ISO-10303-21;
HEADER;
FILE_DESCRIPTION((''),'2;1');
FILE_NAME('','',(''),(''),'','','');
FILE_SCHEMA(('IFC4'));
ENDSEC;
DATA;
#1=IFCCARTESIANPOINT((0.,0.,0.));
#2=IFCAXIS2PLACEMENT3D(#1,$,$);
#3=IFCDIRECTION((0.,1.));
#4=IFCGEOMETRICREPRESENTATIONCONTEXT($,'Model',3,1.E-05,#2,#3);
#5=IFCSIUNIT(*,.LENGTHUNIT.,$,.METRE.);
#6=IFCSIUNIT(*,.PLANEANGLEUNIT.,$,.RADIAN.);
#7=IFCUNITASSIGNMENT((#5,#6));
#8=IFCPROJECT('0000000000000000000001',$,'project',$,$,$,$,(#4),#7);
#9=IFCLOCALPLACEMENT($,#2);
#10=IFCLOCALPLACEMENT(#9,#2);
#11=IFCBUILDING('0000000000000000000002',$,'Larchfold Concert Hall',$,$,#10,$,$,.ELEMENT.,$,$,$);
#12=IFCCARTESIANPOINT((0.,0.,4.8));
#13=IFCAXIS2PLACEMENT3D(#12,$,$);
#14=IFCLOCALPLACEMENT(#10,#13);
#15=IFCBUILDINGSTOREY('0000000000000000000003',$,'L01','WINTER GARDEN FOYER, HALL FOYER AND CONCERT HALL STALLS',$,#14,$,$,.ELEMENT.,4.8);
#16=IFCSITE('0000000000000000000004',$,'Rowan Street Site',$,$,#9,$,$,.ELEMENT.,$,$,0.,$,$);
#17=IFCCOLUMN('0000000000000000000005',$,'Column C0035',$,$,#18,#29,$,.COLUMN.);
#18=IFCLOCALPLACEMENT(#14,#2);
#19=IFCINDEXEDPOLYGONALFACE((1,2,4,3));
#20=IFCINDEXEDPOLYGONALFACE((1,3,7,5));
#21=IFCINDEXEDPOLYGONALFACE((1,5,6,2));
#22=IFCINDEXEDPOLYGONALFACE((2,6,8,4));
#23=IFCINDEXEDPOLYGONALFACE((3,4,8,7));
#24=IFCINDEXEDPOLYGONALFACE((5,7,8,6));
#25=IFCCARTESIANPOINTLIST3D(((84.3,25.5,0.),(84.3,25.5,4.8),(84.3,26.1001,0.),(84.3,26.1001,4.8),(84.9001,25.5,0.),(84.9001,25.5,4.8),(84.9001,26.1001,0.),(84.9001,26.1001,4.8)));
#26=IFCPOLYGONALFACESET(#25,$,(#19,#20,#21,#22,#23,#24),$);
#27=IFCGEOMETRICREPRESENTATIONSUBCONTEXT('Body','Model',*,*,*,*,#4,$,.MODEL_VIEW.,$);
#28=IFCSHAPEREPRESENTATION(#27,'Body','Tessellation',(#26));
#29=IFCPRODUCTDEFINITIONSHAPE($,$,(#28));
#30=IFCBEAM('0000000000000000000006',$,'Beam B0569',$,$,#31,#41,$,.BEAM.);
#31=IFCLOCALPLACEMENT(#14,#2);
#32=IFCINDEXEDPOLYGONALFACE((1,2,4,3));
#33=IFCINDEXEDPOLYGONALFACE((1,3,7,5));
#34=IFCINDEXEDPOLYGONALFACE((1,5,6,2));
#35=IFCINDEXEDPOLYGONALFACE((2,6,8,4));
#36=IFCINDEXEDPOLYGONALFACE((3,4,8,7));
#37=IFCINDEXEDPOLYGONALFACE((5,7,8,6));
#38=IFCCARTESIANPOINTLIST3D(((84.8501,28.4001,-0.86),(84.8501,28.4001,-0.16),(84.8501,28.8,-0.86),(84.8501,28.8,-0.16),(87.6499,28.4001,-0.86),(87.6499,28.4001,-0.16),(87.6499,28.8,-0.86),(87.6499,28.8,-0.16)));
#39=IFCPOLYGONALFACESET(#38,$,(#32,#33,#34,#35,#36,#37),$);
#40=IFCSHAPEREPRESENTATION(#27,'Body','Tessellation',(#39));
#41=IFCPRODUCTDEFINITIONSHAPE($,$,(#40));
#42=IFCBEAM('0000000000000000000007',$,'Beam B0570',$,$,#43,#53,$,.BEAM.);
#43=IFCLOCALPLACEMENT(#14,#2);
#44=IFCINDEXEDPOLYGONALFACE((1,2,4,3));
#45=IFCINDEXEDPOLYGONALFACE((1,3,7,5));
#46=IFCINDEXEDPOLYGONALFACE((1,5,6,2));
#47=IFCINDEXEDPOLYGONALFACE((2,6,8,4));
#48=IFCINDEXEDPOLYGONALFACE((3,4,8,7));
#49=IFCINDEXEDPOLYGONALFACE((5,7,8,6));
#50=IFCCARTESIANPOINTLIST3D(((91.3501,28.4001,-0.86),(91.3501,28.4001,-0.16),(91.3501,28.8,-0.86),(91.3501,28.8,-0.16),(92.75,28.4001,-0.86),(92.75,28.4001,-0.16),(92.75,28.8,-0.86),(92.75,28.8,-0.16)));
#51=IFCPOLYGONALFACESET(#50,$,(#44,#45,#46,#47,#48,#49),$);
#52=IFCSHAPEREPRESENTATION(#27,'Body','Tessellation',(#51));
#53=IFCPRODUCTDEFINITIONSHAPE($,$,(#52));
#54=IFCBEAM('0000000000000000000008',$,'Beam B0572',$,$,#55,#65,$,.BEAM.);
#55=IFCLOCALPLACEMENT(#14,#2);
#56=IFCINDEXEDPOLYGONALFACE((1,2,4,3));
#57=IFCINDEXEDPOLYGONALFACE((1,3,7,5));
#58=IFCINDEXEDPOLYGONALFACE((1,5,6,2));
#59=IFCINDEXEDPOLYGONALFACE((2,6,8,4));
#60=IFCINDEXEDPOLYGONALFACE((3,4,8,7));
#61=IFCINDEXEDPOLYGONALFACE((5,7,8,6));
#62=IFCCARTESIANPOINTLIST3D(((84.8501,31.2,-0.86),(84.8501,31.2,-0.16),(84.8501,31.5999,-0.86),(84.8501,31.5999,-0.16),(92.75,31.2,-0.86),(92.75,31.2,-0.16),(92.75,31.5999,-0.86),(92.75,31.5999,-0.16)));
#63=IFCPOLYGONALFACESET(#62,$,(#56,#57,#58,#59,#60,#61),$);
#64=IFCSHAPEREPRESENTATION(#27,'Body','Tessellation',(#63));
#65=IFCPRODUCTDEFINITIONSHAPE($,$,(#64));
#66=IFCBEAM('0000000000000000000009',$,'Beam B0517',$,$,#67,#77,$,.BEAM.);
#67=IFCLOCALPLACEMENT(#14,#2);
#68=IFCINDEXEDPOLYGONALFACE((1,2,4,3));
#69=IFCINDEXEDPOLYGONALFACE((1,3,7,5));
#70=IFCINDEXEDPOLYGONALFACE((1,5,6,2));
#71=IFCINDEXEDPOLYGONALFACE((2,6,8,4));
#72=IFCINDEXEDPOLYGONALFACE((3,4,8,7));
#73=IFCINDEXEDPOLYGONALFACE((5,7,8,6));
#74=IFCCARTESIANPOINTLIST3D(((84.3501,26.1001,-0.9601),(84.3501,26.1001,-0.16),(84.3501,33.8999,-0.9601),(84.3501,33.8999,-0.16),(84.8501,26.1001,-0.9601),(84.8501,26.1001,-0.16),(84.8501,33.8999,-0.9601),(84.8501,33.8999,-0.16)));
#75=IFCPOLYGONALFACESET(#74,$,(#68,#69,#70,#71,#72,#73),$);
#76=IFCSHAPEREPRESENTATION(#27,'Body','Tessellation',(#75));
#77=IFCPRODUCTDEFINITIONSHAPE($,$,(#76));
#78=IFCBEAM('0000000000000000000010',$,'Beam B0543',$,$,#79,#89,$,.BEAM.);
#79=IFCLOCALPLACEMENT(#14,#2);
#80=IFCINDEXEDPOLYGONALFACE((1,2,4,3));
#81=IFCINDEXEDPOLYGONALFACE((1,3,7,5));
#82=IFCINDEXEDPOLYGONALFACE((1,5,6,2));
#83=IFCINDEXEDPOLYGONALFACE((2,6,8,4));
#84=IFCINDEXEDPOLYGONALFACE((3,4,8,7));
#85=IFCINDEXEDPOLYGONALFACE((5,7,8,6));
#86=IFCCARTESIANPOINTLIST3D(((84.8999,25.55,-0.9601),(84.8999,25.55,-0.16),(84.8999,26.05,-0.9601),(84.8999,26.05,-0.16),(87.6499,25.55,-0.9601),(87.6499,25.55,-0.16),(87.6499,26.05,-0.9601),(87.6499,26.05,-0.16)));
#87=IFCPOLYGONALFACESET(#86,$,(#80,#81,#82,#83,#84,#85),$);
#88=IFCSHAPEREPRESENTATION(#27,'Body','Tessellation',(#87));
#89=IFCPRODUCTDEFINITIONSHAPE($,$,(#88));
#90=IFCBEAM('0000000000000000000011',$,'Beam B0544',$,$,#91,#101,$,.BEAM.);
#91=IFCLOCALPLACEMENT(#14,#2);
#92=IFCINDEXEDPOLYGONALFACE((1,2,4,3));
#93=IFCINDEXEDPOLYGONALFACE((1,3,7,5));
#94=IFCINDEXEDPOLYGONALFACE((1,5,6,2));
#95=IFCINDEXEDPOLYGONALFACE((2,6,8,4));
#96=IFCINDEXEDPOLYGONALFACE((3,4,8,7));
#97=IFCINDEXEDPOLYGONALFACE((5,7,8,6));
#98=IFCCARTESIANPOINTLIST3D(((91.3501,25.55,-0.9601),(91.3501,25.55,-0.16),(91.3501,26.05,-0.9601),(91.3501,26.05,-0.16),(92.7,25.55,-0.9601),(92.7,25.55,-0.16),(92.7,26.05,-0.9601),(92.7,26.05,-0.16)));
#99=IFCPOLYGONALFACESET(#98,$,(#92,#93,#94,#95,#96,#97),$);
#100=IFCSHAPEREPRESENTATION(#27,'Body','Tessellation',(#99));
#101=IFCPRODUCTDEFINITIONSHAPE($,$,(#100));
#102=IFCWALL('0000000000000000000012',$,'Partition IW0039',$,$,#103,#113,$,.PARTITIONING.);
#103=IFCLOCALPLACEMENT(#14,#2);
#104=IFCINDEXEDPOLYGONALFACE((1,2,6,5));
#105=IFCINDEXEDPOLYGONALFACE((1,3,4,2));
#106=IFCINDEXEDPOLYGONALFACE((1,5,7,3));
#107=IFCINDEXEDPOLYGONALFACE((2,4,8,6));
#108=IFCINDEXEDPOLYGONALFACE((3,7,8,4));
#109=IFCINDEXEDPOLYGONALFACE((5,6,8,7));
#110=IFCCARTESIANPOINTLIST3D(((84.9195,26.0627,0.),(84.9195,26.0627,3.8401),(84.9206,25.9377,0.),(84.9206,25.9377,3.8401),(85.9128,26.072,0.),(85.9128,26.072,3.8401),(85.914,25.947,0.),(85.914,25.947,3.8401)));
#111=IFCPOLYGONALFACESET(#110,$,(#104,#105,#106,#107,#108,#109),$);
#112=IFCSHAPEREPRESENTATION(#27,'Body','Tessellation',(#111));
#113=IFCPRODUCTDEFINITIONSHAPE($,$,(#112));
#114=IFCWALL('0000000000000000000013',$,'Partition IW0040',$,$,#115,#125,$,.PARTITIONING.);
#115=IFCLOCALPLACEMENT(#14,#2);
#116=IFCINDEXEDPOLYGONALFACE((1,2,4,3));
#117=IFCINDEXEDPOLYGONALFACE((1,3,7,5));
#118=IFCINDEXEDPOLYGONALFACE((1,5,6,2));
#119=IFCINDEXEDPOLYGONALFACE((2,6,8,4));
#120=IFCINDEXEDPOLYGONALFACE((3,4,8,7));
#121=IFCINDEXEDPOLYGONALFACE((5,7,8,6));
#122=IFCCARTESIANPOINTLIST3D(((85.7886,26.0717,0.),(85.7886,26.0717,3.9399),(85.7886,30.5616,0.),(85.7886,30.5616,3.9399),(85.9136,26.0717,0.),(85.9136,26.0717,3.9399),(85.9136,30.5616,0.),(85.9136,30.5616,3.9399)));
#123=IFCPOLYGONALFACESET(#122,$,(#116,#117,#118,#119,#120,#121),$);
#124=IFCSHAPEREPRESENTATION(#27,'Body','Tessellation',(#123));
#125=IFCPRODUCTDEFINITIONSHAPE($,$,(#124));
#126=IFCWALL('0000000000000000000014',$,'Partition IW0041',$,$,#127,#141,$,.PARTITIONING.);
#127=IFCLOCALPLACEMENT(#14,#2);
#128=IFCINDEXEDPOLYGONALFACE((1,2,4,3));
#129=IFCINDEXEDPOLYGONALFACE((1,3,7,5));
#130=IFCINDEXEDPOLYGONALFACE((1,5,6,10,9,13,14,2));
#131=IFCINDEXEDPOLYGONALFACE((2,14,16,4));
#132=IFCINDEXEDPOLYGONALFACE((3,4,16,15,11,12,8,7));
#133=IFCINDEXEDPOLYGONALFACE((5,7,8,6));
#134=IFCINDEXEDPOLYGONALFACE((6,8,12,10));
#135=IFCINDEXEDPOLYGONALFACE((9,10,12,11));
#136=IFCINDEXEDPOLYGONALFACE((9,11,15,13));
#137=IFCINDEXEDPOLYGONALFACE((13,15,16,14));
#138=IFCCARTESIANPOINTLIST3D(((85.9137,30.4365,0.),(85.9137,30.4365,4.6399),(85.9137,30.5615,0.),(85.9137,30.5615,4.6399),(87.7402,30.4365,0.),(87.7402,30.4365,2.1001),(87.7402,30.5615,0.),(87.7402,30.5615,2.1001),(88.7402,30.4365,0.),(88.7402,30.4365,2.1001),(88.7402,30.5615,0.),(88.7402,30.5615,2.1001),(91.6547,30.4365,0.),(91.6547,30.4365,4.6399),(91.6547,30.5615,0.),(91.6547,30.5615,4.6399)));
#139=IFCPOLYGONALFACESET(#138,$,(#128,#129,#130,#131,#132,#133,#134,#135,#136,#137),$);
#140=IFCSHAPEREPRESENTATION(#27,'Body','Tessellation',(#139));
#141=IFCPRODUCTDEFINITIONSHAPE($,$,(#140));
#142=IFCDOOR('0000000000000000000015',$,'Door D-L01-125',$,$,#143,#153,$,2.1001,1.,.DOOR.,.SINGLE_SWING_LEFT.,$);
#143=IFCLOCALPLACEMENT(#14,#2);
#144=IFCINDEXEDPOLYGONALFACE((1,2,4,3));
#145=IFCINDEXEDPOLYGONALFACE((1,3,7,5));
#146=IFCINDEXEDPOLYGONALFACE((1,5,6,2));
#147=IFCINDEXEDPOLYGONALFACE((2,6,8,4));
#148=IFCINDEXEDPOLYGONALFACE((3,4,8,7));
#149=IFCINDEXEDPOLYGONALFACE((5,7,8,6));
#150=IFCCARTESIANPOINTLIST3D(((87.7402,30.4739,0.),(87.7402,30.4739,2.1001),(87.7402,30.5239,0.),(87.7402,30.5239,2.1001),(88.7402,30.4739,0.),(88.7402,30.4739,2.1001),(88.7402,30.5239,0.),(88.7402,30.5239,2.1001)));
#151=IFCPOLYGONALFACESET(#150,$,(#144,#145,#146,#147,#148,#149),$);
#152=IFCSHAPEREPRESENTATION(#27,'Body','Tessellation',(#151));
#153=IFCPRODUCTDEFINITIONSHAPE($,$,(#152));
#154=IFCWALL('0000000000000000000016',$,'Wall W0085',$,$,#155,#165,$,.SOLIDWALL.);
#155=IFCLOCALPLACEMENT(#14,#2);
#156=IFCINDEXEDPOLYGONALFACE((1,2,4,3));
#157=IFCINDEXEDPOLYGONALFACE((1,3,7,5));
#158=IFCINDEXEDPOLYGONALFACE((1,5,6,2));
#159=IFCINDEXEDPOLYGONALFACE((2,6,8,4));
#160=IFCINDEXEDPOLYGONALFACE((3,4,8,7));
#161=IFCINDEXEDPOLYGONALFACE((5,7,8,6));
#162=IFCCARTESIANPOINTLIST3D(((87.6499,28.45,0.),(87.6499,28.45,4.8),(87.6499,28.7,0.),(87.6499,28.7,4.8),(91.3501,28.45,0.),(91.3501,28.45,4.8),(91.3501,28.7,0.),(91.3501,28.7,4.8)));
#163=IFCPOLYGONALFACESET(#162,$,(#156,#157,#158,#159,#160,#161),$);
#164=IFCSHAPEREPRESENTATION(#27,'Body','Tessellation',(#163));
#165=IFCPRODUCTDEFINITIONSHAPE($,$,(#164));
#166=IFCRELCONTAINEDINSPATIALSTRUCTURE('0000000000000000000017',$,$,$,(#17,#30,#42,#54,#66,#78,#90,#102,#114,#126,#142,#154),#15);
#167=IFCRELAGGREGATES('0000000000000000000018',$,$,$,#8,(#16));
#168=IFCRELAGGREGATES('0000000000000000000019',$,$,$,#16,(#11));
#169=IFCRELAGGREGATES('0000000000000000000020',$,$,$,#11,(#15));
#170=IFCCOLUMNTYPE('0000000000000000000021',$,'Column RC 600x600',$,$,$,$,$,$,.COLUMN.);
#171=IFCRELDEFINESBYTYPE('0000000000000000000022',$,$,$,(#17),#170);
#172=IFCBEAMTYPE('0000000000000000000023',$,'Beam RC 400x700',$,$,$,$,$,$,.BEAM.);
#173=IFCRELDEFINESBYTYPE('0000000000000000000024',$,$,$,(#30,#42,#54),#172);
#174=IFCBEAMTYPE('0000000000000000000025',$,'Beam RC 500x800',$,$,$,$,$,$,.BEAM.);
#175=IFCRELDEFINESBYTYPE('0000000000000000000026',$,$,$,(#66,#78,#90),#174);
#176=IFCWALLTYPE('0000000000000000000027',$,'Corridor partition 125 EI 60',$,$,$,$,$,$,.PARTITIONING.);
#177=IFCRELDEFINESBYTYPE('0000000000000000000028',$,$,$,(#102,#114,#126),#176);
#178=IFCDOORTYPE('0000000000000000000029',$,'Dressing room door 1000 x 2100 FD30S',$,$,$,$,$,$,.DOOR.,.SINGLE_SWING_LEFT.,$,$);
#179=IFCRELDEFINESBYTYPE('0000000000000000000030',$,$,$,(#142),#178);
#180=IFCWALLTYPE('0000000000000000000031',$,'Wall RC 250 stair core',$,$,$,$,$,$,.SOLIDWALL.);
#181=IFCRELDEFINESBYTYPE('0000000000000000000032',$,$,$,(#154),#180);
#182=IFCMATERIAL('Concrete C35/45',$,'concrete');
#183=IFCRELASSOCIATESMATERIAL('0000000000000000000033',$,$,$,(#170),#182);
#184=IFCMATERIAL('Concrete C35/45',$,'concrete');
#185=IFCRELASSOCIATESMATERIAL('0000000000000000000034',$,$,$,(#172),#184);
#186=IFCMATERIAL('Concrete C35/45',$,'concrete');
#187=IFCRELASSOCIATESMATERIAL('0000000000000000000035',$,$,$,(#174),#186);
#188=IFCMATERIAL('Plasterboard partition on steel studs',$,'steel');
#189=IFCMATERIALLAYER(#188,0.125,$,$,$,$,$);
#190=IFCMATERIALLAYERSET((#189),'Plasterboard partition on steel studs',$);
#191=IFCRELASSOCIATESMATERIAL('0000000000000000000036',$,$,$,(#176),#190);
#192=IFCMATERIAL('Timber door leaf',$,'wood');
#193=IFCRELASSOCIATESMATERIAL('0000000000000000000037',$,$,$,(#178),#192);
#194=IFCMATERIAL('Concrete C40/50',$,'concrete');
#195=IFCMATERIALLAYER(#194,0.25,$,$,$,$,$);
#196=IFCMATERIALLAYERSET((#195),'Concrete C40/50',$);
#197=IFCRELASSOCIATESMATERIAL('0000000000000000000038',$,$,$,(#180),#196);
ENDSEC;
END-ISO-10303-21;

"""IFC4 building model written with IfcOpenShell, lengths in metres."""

from ifc_helpers import new_model, si_unit, direction, frame, frame_2d, origin, origin_2d, place, context, subcontext, project, spatial, rectangle, extrude, material, layer, layer_set, material_profile, profile_set, type_object, element, fill, save


model = new_model("IFC4")

# Units and contexts
model_context = context("Model", 3, precision=1e-05, world=origin(), true_north=direction((0.0, 1.0)))
body_context = subcontext(model_context, "Body", "Model", "MODEL_VIEW")
ifc_project = project(units=[si_unit("LENGTHUNIT", "METRE"), si_unit("PLANEANGLEUNIT", "RADIAN")], contexts=[model_context])

# Site, building, storey
site_placement = place(None, origin())
site = spatial("IfcSite", under=ifc_project, at=site_placement, Name="Rowan Street Site", CompositionType="ELEMENT", RefElevation=0.0)
building_placement = place(site_placement, origin())
building = spatial("IfcBuilding", under=site, at=building_placement, Name="Larchfold Concert Hall", CompositionType="ELEMENT")
storey_placement = place(building_placement, frame((0.0, 0.0, 4.8)))
storey = spatial("IfcBuildingStorey", under=building, at=storey_placement, Name="L01", Description="WINTER GARDEN FOYER, HALL FOYER AND CONCERT HALL STALLS", CompositionType="ELEMENT", Elevation=4.8)

# Column
ifc_material_1 = material(Name="Concrete C35/45", Category="concrete")
ifc_material_profile_1 = material_profile(ifc_material_1, rectangle(XDim=0.6001, YDim=0.6001, at=origin_2d()))
ifc_profile_set_1 = profile_set([ifc_material_profile_1], Name="Concrete C35/45")
column_type = type_object("IfcColumnType", Name="Column RC 600x600", PredefinedType="COLUMN", material=ifc_profile_set_1)
column_placement = place(storey_placement, frame((84.6001, 25.8, 0.0), z_axis=(0.0, 0.0, 1.0), x_axis=(1.0, 0.0, 0.0)))
element("IfcColumn", 1, at=column_placement, inside=storey, type_object=column_type, Name="Column C0035", PredefinedType="COLUMN", context=body_context, shape_type="SweptSolid", body=[
    extrude(rectangle(XDim=0.6001, YDim=0.6001, at=origin_2d()), origin(), (0.0, 0.0, 1.0), 4.8),
])

# Beams
ifc_material_2 = material(Name="Concrete C35/45", Category="concrete")
ifc_material_profile_2 = material_profile(ifc_material_2, rectangle(XDim=0.3999, YDim=0.7, at=origin_2d()))
ifc_profile_set_2 = profile_set([ifc_material_profile_2], Name="Concrete C35/45")
beam_type_1 = type_object("IfcBeamType", Name="Beam RC 400x700", PredefinedType="BEAM", material=ifc_profile_set_2)
beam_1_placement = place(storey_placement, frame((84.8501, 28.6001, -0.51), z_axis=(1.0, 0.0, 0.0), x_axis=(0.0, 1.0, 0.0)))
element("IfcBeam", 2, at=beam_1_placement, inside=storey, type_object=beam_type_1, Name="Beam B0569", PredefinedType="BEAM", context=body_context, shape_type="SweptSolid", body=[
    extrude(rectangle(XDim=0.3999, YDim=0.7, at=origin_2d()), origin(), (0.0, 0.0, 1.0), 2.7998),
])
beam_2_placement = place(storey_placement, frame((91.3501, 28.6001, -0.51), z_axis=(1.0, 0.0, 0.0), x_axis=(0.0, 1.0, 0.0)))
element("IfcBeam", 3, at=beam_2_placement, inside=storey, type_object=beam_type_1, Name="Beam B0570", PredefinedType="BEAM", context=body_context, shape_type="SweptSolid", body=[
    extrude(rectangle(XDim=0.3999, YDim=0.7, at=origin_2d()), origin(), (0.0, 0.0, 1.0), 1.3999),
])
beam_3_placement = place(storey_placement, frame((84.8501, 31.3999, -0.51), z_axis=(1.0, 0.0, 0.0), x_axis=(0.0, 1.0, 0.0)))
element("IfcBeam", 4, at=beam_3_placement, inside=storey, type_object=beam_type_1, Name="Beam B0572", PredefinedType="BEAM", context=body_context, shape_type="SweptSolid", body=[
    extrude(rectangle(XDim=0.3999, YDim=0.7, at=origin_2d()), origin(), (0.0, 0.0, 1.0), 7.8999),
])
ifc_material_3 = material(Name="Concrete C35/45", Category="concrete")
ifc_material_profile_3 = material_profile(ifc_material_3, rectangle(XDim=0.5, YDim=0.8, at=origin_2d()))
ifc_profile_set_3 = profile_set([ifc_material_profile_3], Name="Concrete C35/45")
beam_type_2 = type_object("IfcBeamType", Name="Beam RC 500x800", PredefinedType="BEAM", material=ifc_profile_set_3)
beam_4_placement = place(storey_placement, frame((84.6001, 26.1001, -0.5601), z_axis=(0.0, 1.0, 0.0), x_axis=(-1.0, 0.0, 0.0)))
element("IfcBeam", 5, at=beam_4_placement, inside=storey, type_object=beam_type_2, Name="Beam B0517", PredefinedType="BEAM", context=body_context, shape_type="SweptSolid", body=[
    extrude(rectangle(XDim=0.5, YDim=0.8, at=origin_2d()), origin(), (0.0, 0.0, 1.0), 7.7998),
])
beam_5_placement = place(storey_placement, frame((84.8999, 25.8, -0.5601), z_axis=(1.0, 0.0, 0.0), x_axis=(0.0, 1.0, 0.0)))
element("IfcBeam", 6, at=beam_5_placement, inside=storey, type_object=beam_type_2, Name="Beam B0543", PredefinedType="BEAM", context=body_context, shape_type="SweptSolid", body=[
    extrude(rectangle(XDim=0.5, YDim=0.8, at=origin_2d()), origin(), (0.0, 0.0, 1.0), 2.75),
])
beam_6_placement = place(storey_placement, frame((91.3501, 25.8, -0.5601), z_axis=(1.0, 0.0, 0.0), x_axis=(0.0, 1.0, 0.0)))
element("IfcBeam", 7, at=beam_6_placement, inside=storey, type_object=beam_type_2, Name="Beam B0544", PredefinedType="BEAM", context=body_context, shape_type="SweptSolid", body=[
    extrude(rectangle(XDim=0.5, YDim=0.8, at=origin_2d()), origin(), (0.0, 0.0, 1.0), 1.3499),
])

# Walls
ifc_material_4 = material(Name="Plasterboard partition on steel studs", Category="steel")
ifc_layer_1 = layer(ifc_material_4, 0.125)
ifc_layer_set_1 = layer_set([ifc_layer_1], Name="Plasterboard partition on steel studs")
wall_type_1 = type_object("IfcWallType", Name="Corridor partition 125 EI 60", PredefinedType="PARTITIONING", material=ifc_layer_set_1)
wall_1_placement = place(storey_placement, frame((84.9202, 26.0002, 0.0), z_axis=(0.0, 0.0, 1.0), x_axis=(0.999956, 0.009338, 0.0)))
element("IfcWall", 8, at=wall_1_placement, inside=storey, type_object=wall_type_1, Name="Partition IW0039", PredefinedType="PARTITIONING", context=body_context, shape_type="SweptSolid", body=[
    extrude(rectangle(XDim=0.9934, YDim=0.125, at=frame_2d((0.4966, 0.0))), origin(), (0.0, 0.0, 1.0), 3.8401),
])
wall_2_placement = place(storey_placement, frame((85.8511, 26.0715, 0.0), z_axis=(0.0, 0.0, 1.0), x_axis=(0.0, 1.0, 0.0)))
element("IfcWall", 9, at=wall_2_placement, inside=storey, type_object=wall_type_1, Name="Partition IW0040", PredefinedType="PARTITIONING", context=body_context, shape_type="SweptSolid", body=[
    extrude(rectangle(XDim=4.49, YDim=0.125, at=frame_2d((2.2451, 0.0))), origin(), (0.0, 0.0, 1.0), 3.9399),
])

# Wall, opening, door
wall_3_placement = place(storey_placement, frame((85.9136, 30.499, 0.0), z_axis=(0.0, 0.0, 1.0), x_axis=(1.0, 0.0, 0.0)))
wall_3 = element("IfcWall", 10, at=wall_3_placement, inside=storey, type_object=wall_type_1, Name="Partition IW0041", PredefinedType="PARTITIONING", context=body_context, shape_type="SweptSolid", body=[
    extrude(rectangle(XDim=5.741, YDim=0.125, at=frame_2d((2.8706, 0.0))), origin(), (0.0, 0.0, 1.0), 4.6399),
])
opening_placement = place(wall_3_placement, frame((1.8267, 0.0, 0.0)))
opening = element("IfcOpeningElement", 11, at=opening_placement, cuts=wall_3, PredefinedType="OPENING", context=body_context, shape_type="SweptSolid", body=[
    extrude(rectangle(XDim=1.0, YDim=2.1001, at=frame_2d((0.5, 1.05))), frame((0.0, 0.0725, 0.0), z_axis=(0.0, -1.0, 0.0), x_axis=(1.0, 0.0, 0.0)), (0.0, 0.0, 1.0), 0.145),
])
ifc_material_5 = material(Name="Timber door leaf", Category="wood")
door_type = type_object("IfcDoorType", Name="Dressing room door 1000 x 2100 FD30S", OperationType="SINGLE_SWING_LEFT", PredefinedType="DOOR", material=ifc_material_5)
door_placement = place(opening_placement, origin())
door = element("IfcDoor", 12, at=door_placement, inside=storey, type_object=door_type, Name="Door D-L01-125", OperationType="SINGLE_SWING_LEFT", OverallHeight=2.1001, OverallWidth=1.0, PredefinedType="DOOR", context=body_context, shape_type="SweptSolid", body=[
    extrude(rectangle(XDim=1.0, YDim=2.1001, at=frame_2d((0.5, 1.05))), frame((0.0, 0.0249, 0.0), z_axis=(0.0, -1.0, 0.0), x_axis=(1.0, 0.0, 0.0)), (0.0, 0.0, 1.0), 0.05),
])
fill(opening, door)

# Wall
ifc_material_6 = material(Name="Concrete C40/50", Category="concrete")
ifc_layer_2 = layer(ifc_material_6, 0.25)
ifc_layer_set_2 = layer_set([ifc_layer_2], Name="Concrete C40/50")
wall_type_2 = type_object("IfcWallType", Name="Wall RC 250 stair core", PredefinedType="SOLIDWALL", material=ifc_layer_set_2)
wall_4_placement = place(storey_placement, frame((87.6499, 28.575, 0.0), z_axis=(0.0, 0.0, 1.0), x_axis=(1.0, 0.0, 0.0)))
element("IfcWall", 13, at=wall_4_placement, inside=storey, type_object=wall_type_2, Name="Wall W0085", PredefinedType="SOLIDWALL", context=body_context, shape_type="SweptSolid", body=[
    extrude(rectangle(XDim=3.7002, YDim=0.25, at=frame_2d((1.8501, 0.0))), origin(), (0.0, 0.0, 1.0), 4.8),
])

save(model, "model.ifc")
